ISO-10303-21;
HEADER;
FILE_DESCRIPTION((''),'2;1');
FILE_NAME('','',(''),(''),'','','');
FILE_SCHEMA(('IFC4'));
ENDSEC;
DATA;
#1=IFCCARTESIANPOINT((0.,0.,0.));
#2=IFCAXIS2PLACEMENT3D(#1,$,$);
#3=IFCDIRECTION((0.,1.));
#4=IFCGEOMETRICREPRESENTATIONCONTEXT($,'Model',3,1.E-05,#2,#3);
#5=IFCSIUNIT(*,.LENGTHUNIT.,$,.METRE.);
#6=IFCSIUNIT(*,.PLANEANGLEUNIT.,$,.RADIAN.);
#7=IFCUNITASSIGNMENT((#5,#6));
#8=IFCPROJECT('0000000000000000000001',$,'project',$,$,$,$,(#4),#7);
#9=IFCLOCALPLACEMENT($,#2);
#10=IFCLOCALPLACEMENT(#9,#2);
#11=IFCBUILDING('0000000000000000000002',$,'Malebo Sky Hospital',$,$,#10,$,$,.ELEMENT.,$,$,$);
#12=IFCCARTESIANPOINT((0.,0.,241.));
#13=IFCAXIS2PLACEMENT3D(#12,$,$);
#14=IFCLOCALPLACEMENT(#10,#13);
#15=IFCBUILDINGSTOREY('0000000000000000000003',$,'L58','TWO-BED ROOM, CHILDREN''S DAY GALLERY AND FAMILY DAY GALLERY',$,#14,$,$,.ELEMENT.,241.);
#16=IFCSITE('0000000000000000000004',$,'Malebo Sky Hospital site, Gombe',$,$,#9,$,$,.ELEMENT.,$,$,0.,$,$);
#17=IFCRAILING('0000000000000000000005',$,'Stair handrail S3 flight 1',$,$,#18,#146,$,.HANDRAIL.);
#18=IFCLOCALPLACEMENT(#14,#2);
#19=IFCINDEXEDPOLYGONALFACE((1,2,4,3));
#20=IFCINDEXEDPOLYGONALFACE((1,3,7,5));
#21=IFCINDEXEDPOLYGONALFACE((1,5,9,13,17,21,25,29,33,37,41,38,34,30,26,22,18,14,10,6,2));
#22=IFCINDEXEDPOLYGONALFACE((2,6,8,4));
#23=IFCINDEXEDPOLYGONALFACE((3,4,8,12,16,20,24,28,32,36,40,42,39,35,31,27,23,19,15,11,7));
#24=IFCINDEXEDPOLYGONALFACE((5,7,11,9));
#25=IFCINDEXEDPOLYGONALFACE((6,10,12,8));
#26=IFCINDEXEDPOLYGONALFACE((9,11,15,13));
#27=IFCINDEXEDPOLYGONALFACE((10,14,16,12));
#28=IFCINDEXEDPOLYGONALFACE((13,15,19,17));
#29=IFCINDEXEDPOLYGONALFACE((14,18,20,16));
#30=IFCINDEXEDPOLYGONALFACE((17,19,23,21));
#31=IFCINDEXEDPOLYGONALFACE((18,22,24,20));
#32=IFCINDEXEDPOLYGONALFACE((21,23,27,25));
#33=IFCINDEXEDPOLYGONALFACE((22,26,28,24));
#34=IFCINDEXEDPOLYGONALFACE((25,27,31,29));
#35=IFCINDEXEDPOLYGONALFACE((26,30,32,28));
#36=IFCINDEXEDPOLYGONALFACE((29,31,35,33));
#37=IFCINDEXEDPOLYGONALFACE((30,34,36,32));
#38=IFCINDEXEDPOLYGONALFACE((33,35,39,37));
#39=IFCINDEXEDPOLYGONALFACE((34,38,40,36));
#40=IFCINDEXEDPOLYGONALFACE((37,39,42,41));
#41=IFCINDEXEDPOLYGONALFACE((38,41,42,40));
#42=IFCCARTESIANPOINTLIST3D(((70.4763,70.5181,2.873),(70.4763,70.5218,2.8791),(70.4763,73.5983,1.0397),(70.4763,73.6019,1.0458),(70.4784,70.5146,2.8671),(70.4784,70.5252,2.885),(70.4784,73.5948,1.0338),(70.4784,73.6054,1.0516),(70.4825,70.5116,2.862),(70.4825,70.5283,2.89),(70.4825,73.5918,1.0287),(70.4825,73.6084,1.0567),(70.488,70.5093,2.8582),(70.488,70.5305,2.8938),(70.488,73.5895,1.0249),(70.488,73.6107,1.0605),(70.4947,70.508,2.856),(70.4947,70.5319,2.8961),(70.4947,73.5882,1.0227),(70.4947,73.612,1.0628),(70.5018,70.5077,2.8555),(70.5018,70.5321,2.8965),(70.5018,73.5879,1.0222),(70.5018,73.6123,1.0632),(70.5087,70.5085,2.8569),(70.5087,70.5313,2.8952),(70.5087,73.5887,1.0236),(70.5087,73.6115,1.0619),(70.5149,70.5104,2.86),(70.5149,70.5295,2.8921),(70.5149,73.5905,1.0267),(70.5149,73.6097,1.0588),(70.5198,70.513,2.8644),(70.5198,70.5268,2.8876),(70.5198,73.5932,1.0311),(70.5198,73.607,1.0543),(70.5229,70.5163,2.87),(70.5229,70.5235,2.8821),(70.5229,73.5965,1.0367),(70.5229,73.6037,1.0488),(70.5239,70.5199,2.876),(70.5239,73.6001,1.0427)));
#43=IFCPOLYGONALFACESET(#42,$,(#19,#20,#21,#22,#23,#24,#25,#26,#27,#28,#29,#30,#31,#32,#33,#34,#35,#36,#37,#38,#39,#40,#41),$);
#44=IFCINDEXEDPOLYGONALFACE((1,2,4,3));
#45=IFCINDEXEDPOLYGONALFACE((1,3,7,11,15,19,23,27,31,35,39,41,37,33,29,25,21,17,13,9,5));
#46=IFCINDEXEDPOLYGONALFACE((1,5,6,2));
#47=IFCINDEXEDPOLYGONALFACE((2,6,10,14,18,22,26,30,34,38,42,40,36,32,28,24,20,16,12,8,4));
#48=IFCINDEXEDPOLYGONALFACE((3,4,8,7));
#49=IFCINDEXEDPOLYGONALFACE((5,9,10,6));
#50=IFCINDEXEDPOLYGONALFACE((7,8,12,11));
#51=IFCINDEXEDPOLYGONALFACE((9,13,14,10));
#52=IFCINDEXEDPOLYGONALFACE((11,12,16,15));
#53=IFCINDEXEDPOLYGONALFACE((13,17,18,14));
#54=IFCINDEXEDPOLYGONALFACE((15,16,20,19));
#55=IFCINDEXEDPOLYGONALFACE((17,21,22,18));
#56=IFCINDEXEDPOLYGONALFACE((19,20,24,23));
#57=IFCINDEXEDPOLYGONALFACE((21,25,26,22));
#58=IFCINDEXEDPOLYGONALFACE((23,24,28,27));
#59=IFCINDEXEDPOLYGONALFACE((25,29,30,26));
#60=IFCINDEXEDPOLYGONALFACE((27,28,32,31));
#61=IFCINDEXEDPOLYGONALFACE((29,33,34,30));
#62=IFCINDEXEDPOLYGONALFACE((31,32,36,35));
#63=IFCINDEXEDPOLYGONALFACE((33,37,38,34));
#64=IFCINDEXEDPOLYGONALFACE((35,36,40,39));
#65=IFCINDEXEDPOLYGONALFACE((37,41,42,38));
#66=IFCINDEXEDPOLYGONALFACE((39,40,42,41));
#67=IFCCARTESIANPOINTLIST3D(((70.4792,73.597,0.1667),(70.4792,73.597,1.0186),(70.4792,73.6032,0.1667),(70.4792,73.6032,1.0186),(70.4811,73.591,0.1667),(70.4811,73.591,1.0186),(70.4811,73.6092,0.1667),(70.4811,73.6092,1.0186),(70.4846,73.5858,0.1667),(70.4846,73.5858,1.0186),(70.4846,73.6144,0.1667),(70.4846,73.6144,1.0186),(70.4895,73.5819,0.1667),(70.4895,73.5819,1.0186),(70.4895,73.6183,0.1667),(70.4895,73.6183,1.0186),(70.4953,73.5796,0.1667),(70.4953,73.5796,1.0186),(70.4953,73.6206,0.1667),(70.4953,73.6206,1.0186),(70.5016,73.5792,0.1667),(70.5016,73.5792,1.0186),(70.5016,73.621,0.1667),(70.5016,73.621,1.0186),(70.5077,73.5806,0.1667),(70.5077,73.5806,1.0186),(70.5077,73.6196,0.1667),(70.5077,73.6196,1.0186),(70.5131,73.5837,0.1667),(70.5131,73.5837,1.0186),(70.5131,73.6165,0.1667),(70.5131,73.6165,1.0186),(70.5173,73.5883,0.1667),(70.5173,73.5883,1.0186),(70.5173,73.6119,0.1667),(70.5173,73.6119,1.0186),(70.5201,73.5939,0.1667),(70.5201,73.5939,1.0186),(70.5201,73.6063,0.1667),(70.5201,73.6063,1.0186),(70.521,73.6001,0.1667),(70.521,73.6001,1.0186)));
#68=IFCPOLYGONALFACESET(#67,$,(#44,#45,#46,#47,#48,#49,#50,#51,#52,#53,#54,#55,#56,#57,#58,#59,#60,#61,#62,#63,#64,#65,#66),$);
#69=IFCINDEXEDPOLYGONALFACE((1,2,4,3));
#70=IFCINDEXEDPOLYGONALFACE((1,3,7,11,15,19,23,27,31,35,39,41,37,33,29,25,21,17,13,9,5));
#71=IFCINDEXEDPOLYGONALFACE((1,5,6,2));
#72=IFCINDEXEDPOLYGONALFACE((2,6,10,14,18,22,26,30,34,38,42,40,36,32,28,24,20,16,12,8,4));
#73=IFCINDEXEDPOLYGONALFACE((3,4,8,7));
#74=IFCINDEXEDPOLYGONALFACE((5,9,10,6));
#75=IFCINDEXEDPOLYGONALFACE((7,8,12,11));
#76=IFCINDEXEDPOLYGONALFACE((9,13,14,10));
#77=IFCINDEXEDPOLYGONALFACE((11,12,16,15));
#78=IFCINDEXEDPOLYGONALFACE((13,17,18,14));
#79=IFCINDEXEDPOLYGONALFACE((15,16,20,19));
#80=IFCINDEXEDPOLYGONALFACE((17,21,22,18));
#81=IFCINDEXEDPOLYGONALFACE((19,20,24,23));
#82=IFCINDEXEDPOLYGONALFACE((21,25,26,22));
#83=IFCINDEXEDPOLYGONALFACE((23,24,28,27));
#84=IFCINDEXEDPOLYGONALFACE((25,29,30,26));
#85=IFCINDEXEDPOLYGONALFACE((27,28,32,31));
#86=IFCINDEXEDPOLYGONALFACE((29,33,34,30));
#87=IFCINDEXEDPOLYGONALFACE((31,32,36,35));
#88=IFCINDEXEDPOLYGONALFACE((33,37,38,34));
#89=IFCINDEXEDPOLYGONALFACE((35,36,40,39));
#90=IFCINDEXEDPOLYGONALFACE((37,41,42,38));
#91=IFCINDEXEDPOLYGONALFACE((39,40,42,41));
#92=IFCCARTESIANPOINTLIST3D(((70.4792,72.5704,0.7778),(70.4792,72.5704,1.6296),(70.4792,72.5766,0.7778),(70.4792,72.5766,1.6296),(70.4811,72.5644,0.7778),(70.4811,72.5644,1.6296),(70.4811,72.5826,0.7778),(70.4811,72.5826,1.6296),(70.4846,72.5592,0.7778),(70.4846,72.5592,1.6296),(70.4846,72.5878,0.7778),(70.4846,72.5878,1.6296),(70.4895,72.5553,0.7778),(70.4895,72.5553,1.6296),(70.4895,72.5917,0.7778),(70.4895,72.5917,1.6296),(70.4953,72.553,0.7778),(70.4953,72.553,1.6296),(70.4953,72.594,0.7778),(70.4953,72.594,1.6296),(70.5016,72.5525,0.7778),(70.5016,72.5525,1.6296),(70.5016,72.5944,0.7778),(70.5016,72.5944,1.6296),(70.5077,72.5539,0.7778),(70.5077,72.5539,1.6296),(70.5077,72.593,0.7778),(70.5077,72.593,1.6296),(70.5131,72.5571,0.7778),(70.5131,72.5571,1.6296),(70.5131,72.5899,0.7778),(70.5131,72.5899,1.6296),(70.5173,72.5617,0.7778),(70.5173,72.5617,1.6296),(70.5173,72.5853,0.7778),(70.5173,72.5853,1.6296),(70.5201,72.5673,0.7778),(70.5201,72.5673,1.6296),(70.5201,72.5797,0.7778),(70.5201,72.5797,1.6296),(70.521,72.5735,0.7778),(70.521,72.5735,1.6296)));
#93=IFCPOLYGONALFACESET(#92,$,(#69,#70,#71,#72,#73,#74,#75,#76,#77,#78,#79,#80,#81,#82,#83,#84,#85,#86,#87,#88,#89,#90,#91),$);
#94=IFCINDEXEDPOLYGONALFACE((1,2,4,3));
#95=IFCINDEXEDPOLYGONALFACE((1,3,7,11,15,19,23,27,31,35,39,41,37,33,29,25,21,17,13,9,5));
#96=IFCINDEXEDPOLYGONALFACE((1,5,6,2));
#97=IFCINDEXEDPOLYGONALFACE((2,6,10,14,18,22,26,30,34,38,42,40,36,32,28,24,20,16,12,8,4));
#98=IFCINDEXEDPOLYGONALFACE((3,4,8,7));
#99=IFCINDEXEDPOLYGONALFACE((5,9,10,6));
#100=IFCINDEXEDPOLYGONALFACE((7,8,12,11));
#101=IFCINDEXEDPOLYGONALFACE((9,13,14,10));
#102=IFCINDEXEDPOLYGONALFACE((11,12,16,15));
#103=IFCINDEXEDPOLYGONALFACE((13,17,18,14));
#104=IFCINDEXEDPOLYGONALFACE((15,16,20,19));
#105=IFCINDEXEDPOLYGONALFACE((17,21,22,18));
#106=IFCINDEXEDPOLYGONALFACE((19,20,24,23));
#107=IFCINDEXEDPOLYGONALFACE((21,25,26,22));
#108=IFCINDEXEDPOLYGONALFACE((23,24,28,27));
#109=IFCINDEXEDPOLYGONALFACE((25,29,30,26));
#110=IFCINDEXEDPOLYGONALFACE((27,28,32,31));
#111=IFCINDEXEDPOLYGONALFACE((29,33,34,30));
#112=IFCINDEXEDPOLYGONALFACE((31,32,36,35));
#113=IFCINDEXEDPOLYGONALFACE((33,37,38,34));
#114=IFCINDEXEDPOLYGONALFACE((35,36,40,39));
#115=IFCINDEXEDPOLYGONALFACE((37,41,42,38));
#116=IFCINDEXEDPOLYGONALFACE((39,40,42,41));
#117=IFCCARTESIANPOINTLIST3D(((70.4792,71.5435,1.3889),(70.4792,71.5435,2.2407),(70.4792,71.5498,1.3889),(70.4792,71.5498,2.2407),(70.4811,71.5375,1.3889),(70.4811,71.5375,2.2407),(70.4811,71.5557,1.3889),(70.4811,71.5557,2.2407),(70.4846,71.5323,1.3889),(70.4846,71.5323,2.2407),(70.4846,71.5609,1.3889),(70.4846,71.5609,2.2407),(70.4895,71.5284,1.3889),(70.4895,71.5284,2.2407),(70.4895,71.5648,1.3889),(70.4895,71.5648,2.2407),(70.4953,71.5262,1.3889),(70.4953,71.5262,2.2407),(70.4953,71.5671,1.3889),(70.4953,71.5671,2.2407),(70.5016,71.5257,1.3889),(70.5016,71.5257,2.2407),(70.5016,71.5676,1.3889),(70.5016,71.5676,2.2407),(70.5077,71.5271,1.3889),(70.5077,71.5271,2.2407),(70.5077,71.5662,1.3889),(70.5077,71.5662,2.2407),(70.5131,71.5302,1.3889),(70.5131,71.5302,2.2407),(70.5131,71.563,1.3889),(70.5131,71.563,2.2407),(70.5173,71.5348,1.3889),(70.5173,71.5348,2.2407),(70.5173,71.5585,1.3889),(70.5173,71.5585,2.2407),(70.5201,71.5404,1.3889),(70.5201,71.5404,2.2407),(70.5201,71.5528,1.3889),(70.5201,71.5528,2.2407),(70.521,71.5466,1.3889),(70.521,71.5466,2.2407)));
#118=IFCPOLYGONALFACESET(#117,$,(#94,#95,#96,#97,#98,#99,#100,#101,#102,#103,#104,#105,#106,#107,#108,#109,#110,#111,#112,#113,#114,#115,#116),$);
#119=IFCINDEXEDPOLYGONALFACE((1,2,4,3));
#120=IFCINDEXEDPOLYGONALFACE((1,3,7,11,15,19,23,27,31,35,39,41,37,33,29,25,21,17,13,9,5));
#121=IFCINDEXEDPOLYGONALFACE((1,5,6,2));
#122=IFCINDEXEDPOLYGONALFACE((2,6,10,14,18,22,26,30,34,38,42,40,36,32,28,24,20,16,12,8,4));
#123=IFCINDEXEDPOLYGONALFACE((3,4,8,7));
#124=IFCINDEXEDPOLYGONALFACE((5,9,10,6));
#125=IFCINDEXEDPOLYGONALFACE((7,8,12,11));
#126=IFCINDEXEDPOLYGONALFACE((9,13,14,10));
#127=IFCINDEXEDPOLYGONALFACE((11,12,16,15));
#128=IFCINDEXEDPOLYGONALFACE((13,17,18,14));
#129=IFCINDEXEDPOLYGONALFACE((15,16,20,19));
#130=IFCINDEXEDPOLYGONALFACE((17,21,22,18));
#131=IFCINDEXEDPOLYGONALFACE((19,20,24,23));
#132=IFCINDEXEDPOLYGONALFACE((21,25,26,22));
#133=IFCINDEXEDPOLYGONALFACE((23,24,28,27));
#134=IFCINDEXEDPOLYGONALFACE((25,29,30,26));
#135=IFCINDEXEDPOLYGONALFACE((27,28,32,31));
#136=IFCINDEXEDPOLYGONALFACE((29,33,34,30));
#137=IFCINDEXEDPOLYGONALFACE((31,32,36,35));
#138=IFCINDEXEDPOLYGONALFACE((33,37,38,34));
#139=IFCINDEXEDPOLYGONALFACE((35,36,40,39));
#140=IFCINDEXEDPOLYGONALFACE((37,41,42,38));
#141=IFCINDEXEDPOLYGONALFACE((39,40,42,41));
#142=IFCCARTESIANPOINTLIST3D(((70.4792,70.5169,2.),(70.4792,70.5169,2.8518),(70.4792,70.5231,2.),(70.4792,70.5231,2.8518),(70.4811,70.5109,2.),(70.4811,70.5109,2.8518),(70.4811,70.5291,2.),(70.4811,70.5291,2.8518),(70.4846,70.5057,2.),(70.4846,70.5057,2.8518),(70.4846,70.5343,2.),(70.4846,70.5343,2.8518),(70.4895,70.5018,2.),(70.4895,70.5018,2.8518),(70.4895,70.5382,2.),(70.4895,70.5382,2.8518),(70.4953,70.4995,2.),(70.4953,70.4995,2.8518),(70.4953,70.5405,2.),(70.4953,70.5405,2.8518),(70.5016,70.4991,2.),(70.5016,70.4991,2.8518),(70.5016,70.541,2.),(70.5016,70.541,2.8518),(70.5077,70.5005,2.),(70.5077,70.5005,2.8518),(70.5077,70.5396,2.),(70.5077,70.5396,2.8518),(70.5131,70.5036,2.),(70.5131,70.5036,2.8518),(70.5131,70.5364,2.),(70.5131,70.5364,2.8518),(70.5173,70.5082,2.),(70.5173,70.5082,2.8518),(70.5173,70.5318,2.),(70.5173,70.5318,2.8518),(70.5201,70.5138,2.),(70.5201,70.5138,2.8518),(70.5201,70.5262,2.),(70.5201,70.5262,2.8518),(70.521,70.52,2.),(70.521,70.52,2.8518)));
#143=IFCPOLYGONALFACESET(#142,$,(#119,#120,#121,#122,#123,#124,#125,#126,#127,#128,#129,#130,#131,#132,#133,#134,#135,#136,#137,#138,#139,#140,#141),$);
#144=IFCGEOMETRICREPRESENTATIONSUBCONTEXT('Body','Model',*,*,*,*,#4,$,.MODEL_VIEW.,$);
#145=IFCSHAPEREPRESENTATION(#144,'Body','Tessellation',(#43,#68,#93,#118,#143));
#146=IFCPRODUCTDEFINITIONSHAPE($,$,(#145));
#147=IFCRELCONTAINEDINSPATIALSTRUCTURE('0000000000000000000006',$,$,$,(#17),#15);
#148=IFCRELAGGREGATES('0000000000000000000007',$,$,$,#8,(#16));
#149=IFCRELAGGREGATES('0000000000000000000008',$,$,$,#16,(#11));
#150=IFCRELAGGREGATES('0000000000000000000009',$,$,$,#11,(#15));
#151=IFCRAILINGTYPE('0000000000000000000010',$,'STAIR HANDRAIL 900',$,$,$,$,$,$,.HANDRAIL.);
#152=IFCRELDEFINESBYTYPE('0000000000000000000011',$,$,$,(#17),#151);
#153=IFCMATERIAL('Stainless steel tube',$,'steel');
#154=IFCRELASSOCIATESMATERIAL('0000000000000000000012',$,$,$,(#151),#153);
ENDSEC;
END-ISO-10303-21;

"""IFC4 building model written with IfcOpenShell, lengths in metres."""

from ifc_helpers import new_model, si_unit, direction, frame, origin, origin_2d, place, context, subcontext, project, spatial, circle, extrude, material, type_object, element, save


model = new_model("IFC4")

# Units and contexts
model_context = context("Model", 3, precision=1e-05, world=origin(), true_north=direction((0.0, 1.0)))
body_context = subcontext(model_context, "Body", "Model", "MODEL_VIEW")
ifc_project = project(units=[si_unit("LENGTHUNIT", "METRE"), si_unit("PLANEANGLEUNIT", "RADIAN")], contexts=[model_context])

# Site, building, storey
site_placement = place(None, origin())
site = spatial("IfcSite", under=ifc_project, at=site_placement, Name="Malebo Sky Hospital site, Gombe", CompositionType="ELEMENT", RefElevation=0.0)
building_placement = place(site_placement, origin())
building = spatial("IfcBuilding", under=site, at=building_placement, Name="Malebo Sky Hospital", CompositionType="ELEMENT")
storey_placement = place(building_placement, frame((0.0, 0.0, 241.0)))
storey = spatial("IfcBuildingStorey", under=building, at=storey_placement, Name="L58", Description="TWO-BED ROOM, CHILDREN'S DAY GALLERY AND FAMILY DAY GALLERY", CompositionType="ELEMENT", Elevation=241.0)

# Railing
ifc_material_1 = material(Name="Stainless steel tube", Category="steel")
railing_type_1 = type_object("IfcRailingType", Name="STAIR HANDRAIL 900", PredefinedType="HANDRAIL", material=ifc_material_1)
railing_1_placement = place(storey_placement, frame((70.5, 73.6001, 0.1667)))
element("IfcRailing", 1, at=railing_1_placement, inside=storey, type_object=railing_type_1, Name="Stair handrail S3 flight 1", PredefinedType="HANDRAIL", context=body_context, shape_type="SweptSolid", body=[
    extrude(circle(Radius=0.0239, at=origin_2d()), frame((0.0, 0.0, 0.876), z_axis=(0.0, -0.859309, 0.511458), x_axis=(1.0, 0.0, 0.0)), (0.0, 0.0, 1.0), 3.5845),
    extrude(circle(Radius=0.021, at=origin_2d()), origin(), (0.0, 0.0, 1.0), 0.8518),
    extrude(circle(Radius=0.021, at=origin_2d()), frame((0.0, -1.0266, 0.6111)), (0.0, 0.0, 1.0), 0.8518),
    extrude(circle(Radius=0.021, at=origin_2d()), frame((0.0, -2.0535, 1.2222)), (0.0, 0.0, 1.0), 0.8518),
    extrude(circle(Radius=0.021, at=origin_2d()), frame((0.0, -3.0801, 1.8333)), (0.0, 0.0, 1.0), 0.8518),
])

save(model, "model.ifc")
